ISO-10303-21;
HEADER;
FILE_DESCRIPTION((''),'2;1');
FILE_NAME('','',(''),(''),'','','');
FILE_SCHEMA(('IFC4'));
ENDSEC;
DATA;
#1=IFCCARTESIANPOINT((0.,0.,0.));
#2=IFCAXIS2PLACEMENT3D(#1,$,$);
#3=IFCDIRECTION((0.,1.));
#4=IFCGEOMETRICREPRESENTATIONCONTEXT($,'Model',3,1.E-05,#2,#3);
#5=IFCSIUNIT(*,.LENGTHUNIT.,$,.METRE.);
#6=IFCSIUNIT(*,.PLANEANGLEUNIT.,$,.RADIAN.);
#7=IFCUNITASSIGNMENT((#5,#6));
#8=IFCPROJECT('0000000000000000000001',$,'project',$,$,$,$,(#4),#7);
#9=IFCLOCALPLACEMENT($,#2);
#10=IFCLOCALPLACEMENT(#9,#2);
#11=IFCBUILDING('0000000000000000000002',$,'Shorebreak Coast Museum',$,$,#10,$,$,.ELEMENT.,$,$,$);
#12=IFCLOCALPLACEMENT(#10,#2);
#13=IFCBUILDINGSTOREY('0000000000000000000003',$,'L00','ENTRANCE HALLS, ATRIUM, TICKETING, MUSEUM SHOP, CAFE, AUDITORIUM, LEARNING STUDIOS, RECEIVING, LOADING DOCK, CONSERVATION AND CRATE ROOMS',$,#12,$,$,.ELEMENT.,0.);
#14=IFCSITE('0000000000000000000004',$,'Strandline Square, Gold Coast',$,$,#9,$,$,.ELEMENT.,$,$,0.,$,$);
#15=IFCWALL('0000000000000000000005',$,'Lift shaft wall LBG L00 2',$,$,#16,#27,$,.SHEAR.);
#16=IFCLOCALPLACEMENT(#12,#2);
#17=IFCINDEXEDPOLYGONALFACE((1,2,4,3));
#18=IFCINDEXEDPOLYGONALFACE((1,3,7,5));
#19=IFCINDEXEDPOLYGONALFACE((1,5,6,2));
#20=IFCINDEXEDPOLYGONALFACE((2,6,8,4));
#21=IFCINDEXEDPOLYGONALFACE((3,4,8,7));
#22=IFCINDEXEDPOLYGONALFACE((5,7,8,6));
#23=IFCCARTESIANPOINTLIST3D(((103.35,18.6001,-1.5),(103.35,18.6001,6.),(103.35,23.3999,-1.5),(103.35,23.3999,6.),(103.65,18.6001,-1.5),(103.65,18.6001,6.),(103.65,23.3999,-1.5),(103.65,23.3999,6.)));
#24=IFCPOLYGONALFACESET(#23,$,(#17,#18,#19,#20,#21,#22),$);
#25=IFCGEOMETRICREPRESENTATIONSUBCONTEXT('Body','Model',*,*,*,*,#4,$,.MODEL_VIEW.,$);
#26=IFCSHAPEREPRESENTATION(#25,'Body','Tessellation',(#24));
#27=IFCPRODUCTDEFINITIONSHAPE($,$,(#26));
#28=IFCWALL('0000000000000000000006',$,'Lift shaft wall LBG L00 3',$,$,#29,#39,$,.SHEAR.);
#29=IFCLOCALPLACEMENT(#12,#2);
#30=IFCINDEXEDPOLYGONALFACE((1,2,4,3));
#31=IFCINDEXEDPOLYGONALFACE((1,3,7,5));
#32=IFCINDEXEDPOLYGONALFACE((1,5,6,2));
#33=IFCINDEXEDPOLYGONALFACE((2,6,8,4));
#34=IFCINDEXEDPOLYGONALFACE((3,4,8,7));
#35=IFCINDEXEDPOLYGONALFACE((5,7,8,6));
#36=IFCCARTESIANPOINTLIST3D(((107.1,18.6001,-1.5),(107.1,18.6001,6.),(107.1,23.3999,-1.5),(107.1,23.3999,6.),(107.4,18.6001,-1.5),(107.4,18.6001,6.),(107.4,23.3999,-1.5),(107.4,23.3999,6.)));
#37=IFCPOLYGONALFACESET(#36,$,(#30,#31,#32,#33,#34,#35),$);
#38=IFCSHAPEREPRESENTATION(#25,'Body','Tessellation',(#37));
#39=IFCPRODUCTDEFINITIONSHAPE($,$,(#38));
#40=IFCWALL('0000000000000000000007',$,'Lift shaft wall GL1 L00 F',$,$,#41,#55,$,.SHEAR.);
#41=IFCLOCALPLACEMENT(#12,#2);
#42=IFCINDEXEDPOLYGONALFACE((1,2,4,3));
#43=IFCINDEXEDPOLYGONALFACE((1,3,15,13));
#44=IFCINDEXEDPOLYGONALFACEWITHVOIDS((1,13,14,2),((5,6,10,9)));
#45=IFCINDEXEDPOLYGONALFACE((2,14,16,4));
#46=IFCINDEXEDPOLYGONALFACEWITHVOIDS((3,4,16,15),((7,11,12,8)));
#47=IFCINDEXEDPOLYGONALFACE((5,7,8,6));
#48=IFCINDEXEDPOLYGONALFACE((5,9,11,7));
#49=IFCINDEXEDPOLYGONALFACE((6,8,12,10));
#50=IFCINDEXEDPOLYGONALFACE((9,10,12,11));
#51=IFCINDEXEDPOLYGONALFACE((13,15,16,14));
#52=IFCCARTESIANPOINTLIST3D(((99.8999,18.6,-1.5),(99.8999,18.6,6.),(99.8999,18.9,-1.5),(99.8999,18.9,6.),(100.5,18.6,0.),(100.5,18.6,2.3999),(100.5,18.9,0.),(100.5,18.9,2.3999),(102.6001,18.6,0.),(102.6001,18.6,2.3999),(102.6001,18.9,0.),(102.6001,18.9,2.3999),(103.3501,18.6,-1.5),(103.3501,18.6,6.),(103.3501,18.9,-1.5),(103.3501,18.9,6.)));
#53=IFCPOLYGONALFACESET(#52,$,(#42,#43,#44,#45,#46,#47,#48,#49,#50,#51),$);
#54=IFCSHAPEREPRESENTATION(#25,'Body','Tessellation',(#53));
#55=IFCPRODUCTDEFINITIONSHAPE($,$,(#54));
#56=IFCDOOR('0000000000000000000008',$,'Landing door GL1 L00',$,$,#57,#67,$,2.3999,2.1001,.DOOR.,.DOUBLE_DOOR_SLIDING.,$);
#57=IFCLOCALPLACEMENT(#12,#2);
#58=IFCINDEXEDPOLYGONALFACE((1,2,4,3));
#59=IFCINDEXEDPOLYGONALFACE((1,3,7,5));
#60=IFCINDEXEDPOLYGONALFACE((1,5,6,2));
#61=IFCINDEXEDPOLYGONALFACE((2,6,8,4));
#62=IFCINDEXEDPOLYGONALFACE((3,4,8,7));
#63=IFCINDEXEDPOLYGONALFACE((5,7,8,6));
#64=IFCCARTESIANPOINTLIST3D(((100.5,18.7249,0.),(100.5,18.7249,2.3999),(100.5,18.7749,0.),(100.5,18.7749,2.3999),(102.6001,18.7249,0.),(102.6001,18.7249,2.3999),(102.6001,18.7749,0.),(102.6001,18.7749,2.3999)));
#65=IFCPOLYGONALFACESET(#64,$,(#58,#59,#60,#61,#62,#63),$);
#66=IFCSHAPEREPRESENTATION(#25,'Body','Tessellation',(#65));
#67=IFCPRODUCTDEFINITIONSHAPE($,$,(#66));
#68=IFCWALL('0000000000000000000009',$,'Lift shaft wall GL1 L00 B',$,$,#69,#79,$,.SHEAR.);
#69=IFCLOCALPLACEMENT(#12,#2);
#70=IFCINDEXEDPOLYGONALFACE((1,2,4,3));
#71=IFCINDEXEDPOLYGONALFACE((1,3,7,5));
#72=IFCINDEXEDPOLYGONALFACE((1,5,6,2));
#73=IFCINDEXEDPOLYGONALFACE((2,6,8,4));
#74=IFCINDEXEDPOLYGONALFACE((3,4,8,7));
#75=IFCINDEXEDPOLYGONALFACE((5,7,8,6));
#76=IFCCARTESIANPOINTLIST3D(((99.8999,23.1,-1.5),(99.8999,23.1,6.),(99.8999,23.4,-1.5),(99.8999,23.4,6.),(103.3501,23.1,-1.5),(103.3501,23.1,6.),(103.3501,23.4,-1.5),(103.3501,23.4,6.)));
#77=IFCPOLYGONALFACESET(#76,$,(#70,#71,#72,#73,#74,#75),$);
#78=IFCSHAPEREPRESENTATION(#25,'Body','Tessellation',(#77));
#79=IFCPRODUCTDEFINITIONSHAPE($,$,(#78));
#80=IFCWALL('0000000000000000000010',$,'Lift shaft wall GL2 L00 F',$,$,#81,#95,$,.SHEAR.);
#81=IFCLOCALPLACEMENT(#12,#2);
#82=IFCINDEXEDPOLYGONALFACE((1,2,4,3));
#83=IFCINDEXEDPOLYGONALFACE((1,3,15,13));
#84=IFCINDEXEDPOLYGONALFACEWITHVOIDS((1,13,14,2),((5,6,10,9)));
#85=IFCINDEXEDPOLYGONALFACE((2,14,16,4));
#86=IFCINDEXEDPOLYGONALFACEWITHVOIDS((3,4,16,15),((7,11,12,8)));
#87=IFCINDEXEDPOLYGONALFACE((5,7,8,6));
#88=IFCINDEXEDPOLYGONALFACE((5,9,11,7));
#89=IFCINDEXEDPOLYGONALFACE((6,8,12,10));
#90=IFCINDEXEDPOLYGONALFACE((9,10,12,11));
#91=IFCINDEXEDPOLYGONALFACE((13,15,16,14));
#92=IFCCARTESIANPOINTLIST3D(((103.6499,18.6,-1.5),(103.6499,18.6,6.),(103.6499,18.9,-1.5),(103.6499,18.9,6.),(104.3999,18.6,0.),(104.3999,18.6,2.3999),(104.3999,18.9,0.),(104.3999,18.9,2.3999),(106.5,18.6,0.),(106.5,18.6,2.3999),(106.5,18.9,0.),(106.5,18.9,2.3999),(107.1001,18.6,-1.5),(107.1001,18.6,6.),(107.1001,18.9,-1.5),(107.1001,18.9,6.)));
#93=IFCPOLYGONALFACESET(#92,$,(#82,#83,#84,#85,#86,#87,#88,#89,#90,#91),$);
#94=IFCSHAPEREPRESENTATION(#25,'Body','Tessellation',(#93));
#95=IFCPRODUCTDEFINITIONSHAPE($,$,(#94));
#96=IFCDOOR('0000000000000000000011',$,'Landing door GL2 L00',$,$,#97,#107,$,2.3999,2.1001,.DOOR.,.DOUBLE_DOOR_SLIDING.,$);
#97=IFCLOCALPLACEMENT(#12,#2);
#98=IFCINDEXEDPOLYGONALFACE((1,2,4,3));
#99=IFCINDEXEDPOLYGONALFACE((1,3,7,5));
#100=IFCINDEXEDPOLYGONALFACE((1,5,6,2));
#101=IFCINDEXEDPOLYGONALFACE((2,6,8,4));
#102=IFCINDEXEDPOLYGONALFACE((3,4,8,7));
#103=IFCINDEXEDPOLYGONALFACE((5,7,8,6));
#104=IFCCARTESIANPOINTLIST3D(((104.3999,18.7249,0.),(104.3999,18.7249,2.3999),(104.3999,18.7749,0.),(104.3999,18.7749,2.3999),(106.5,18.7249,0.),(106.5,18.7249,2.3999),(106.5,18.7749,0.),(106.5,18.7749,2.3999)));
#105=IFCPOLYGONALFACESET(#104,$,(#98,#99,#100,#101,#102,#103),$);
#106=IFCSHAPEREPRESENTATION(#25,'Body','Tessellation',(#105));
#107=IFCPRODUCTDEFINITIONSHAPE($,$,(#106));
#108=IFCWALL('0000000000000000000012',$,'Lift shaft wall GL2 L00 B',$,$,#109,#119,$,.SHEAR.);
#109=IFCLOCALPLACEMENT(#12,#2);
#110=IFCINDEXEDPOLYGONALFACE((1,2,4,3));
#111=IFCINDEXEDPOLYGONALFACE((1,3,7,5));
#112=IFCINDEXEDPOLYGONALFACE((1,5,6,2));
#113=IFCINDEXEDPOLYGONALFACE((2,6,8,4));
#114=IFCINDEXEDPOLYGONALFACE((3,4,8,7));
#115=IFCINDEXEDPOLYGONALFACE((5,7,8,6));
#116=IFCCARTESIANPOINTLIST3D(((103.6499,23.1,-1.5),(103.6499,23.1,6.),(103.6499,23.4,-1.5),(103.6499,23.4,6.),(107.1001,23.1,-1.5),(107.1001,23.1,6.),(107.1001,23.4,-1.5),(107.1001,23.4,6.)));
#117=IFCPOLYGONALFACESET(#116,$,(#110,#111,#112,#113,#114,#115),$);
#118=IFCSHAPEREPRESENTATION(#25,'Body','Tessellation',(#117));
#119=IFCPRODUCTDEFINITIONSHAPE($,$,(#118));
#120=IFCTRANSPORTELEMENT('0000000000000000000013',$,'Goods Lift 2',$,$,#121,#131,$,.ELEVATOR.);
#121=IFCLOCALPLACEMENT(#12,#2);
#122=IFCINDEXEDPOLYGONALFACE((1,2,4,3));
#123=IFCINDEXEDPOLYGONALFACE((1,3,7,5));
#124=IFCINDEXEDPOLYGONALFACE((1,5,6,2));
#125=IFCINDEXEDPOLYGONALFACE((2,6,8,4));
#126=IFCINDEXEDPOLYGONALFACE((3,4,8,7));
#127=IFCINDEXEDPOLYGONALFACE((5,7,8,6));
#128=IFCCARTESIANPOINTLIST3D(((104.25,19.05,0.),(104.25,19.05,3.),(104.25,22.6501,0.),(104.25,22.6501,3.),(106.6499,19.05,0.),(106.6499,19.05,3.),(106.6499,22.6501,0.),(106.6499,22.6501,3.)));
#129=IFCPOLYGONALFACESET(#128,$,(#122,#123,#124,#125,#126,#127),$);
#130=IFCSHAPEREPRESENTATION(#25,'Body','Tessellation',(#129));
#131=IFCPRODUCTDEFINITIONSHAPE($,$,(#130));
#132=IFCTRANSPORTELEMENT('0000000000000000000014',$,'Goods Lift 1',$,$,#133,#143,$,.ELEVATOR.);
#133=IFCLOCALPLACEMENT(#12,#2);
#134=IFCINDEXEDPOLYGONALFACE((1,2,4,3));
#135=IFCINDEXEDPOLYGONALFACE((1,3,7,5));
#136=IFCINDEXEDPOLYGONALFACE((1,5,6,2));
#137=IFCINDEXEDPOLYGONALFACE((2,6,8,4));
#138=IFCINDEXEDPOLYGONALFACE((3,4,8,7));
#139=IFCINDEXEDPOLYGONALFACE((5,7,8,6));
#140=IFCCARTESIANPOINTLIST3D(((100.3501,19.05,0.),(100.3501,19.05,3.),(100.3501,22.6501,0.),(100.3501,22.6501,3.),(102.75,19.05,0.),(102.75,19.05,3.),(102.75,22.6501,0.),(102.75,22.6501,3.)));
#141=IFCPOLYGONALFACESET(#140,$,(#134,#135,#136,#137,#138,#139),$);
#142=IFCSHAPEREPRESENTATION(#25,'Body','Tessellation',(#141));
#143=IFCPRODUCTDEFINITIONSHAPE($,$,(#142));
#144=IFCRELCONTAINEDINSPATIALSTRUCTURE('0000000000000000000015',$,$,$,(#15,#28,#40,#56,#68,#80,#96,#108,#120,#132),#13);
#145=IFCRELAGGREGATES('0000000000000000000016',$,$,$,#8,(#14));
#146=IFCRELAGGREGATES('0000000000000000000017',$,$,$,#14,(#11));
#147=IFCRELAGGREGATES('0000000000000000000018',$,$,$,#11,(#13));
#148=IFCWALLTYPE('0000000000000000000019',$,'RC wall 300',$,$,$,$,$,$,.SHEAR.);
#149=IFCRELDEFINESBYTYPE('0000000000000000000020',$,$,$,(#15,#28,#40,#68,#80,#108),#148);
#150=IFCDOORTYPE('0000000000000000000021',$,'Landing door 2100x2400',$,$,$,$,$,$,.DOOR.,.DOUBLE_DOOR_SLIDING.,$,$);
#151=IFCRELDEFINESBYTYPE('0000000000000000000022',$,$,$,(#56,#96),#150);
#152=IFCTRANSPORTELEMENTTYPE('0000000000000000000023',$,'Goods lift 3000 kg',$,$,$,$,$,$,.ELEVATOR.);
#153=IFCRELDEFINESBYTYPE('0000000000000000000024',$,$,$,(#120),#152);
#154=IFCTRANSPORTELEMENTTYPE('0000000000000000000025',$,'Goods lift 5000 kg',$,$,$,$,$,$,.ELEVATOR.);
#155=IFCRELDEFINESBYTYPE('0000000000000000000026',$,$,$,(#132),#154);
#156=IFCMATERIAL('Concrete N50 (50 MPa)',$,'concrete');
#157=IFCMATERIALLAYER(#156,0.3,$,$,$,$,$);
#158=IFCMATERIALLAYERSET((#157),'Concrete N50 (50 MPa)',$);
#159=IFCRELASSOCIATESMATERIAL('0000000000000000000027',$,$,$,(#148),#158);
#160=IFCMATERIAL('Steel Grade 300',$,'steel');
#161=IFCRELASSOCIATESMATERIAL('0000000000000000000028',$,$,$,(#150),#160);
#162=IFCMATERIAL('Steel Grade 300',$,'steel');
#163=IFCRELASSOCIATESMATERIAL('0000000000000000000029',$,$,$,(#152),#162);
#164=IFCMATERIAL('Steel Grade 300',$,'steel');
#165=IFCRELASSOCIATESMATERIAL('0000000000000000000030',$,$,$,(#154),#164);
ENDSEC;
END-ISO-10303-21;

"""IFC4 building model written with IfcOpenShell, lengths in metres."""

from ifc_helpers import new_model, si_unit, direction, frame, frame_2d, origin, origin_2d, place, context, subcontext, project, spatial, rectangle, extrude, material, layer, layer_set, type_object, element, fill, save


model = new_model("IFC4")

# Units and contexts
model_context = context("Model", 3, precision=1e-05, world=origin(), true_north=direction((0.0, 1.0)))
body_context = subcontext(model_context, "Body", "Model", "MODEL_VIEW")
ifc_project = project(units=[si_unit("LENGTHUNIT", "METRE"), si_unit("PLANEANGLEUNIT", "RADIAN")], contexts=[model_context])

# Site, building, storey
site_placement = place(None, origin())
site = spatial("IfcSite", under=ifc_project, at=site_placement, Name="Strandline Square, Gold Coast", CompositionType="ELEMENT", RefElevation=0.0)
building_placement = place(site_placement, origin())
building = spatial("IfcBuilding", under=site, at=building_placement, Name="Shorebreak Coast Museum", CompositionType="ELEMENT")
storey_placement = place(building_placement, origin())
storey = spatial("IfcBuildingStorey", under=building, at=storey_placement, Name="L00", Description="ENTRANCE HALLS, ATRIUM, TICKETING, MUSEUM SHOP, CAFE, AUDITORIUM, LEARNING STUDIOS, RECEIVING, LOADING DOCK, CONSERVATION AND CRATE ROOMS", CompositionType="ELEMENT", Elevation=0.0)

# Walls
ifc_material_1 = material(Name="Concrete N50 (50 MPa)", Category="concrete")
ifc_layer_1 = layer(ifc_material_1, 0.3)
ifc_layer_set_1 = layer_set([ifc_layer_1], Name="Concrete N50 (50 MPa)")
wall_type_1 = type_object("IfcWallType", Name="RC wall 300", PredefinedType="SHEAR", material=ifc_layer_set_1)
for number, where, z_axis, x_axis, name in (
    (1, (103.5, 18.6001, -1.5), (0.0, 0.0, 1.0), (0.0, 1.0, 0.0), "Lift shaft wall LBG L00 2"),
    (2, (107.25, 18.6001, -1.5), (0.0, 0.0, 1.0), (0.0, 1.0, 0.0), "Lift shaft wall LBG L00 3"),
):
    element("IfcWall", number, at=place(storey_placement, frame(where, z_axis=z_axis, x_axis=x_axis)), inside=storey, type_object=wall_type_1, Name=name, PredefinedType="SHEAR", context=body_context, shape_type="SweptSolid", body=[
        extrude(rectangle(XDim=4.7998, YDim=0.3, at=frame_2d((2.3999, 0.0))), origin(), (0.0, 0.0, 1.0), 7.5),
    ])

# Wall, opening, door
wall_1_placement = place(storey_placement, frame((99.8999, 18.75, -1.5), z_axis=(0.0, 0.0, 1.0), x_axis=(1.0, 0.0, 0.0)))
wall_1 = element("IfcWall", 3, at=wall_1_placement, inside=storey, type_object=wall_type_1, Name="Lift shaft wall GL1 L00 F", PredefinedType="SHEAR", context=body_context, shape_type="SweptSolid", body=[
    extrude(rectangle(XDim=3.4502, YDim=0.3, at=frame_2d((1.7251, 0.0))), origin(), (0.0, 0.0, 1.0), 7.5),
])
opening_1_placement = place(wall_1_placement, frame((0.6001, 0.0, 1.5)))
opening_1 = element("IfcOpeningElement", 4, at=opening_1_placement, cuts=wall_1, PredefinedType="OPENING", context=body_context, shape_type="SweptSolid", body=[
    extrude(rectangle(XDim=2.1001, YDim=2.3999, at=frame_2d((1.05, 1.2))), frame((0.0, 0.1599, 0.0), z_axis=(0.0, -1.0, 0.0), x_axis=(1.0, 0.0, 0.0)), (0.0, 0.0, 1.0), 0.3201),
])
ifc_material_2 = material(Name="Steel Grade 300", Category="steel")
door_type_1 = type_object("IfcDoorType", Name="Landing door 2100x2400", OperationType="DOUBLE_DOOR_SLIDING", PredefinedType="DOOR", material=ifc_material_2)
door_1_placement = place(opening_1_placement, origin())
door_1 = element("IfcDoor", 5, at=door_1_placement, inside=storey, type_object=door_type_1, Name="Landing door GL1 L00", OperationType="DOUBLE_DOOR_SLIDING", OverallHeight=2.3999, OverallWidth=2.1001, PredefinedType="DOOR", context=body_context, shape_type="SweptSolid", body=[
    extrude(rectangle(XDim=2.1001, YDim=2.3999, at=frame_2d((1.05, 1.2))), frame((0.0, 0.0249, 0.0), z_axis=(0.0, -1.0, 0.0), x_axis=(1.0, 0.0, 0.0)), (0.0, 0.0, 1.0), 0.05),
])
fill(opening_1, door_1)

# Wall
wall_2_placement = place(storey_placement, frame((99.8999, 23.25, -1.5), z_axis=(0.0, 0.0, 1.0), x_axis=(1.0, 0.0, 0.0)))
element("IfcWall", 6, at=wall_2_placement, inside=storey, type_object=wall_type_1, Name="Lift shaft wall GL1 L00 B", PredefinedType="SHEAR", context=body_context, shape_type="SweptSolid", body=[
    extrude(rectangle(XDim=3.4502, YDim=0.3, at=frame_2d((1.7251, 0.0))), origin(), (0.0, 0.0, 1.0), 7.5),
])

# Wall, opening, door
wall_3_placement = place(storey_placement, frame((103.6499, 18.75, -1.5), z_axis=(0.0, 0.0, 1.0), x_axis=(1.0, 0.0, 0.0)))
wall_3 = element("IfcWall", 7, at=wall_3_placement, inside=storey, type_object=wall_type_1, Name="Lift shaft wall GL2 L00 F", PredefinedType="SHEAR", context=body_context, shape_type="SweptSolid", body=[
    extrude(rectangle(XDim=3.4502, YDim=0.3, at=frame_2d((1.7251, 0.0))), origin(), (0.0, 0.0, 1.0), 7.5),
])
opening_2_placement = place(wall_3_placement, frame((0.75, 0.0, 1.5)))
opening_2 = element("IfcOpeningElement", 8, at=opening_2_placement, cuts=wall_3, PredefinedType="OPENING", context=body_context, shape_type="SweptSolid", body=[
    extrude(rectangle(XDim=2.1001, YDim=2.3999, at=frame_2d((1.05, 1.2))), frame((0.0, 0.1599, 0.0), z_axis=(0.0, -1.0, 0.0), x_axis=(1.0, 0.0, 0.0)), (0.0, 0.0, 1.0), 0.3201),
])
door_2_placement = place(opening_2_placement, origin())
door_2 = element("IfcDoor", 9, at=door_2_placement, inside=storey, type_object=door_type_1, Name="Landing door GL2 L00", OperationType="DOUBLE_DOOR_SLIDING", OverallHeight=2.3999, OverallWidth=2.1001, PredefinedType="DOOR", context=body_context, shape_type="SweptSolid", body=[
    extrude(rectangle(XDim=2.1001, YDim=2.3999, at=frame_2d((1.05, 1.2))), frame((0.0, 0.0249, 0.0), z_axis=(0.0, -1.0, 0.0), x_axis=(1.0, 0.0, 0.0)), (0.0, 0.0, 1.0), 0.05),
])
fill(opening_2, door_2)

# Wall
wall_4_placement = place(storey_placement, frame((103.6499, 23.25, -1.5), z_axis=(0.0, 0.0, 1.0), x_axis=(1.0, 0.0, 0.0)))
element("IfcWall", 10, at=wall_4_placement, inside=storey, type_object=wall_type_1, Name="Lift shaft wall GL2 L00 B", PredefinedType="SHEAR", context=body_context, shape_type="SweptSolid", body=[
    extrude(rectangle(XDim=3.4502, YDim=0.3, at=frame_2d((1.7251, 0.0))), origin(), (0.0, 0.0, 1.0), 7.5),
])

# Transport elements
ifc_material_3 = material(Name="Steel Grade 300", Category="steel")
transport_element_type_1 = type_object("IfcTransportElementType", Name="Goods lift 3000 kg", PredefinedType="ELEVATOR", material=ifc_material_3)
transport_element_1_placement = place(storey_placement, frame((105.45, 20.8501, 0.0), z_axis=(0.0, 0.0, 1.0), x_axis=(1.0, 0.0, 0.0)))
element("IfcTransportElement", 11, at=transport_element_1_placement, inside=storey, type_object=transport_element_type_1, Name="Goods Lift 2", PredefinedType="ELEVATOR", context=body_context, shape_type="SweptSolid", body=[
    extrude(rectangle(XDim=2.3999, YDim=3.6001, at=origin_2d()), origin(), (0.0, 0.0, 1.0), 3.0),
])
ifc_material_4 = material(Name="Steel Grade 300", Category="steel")
transport_element_type_2 = type_object("IfcTransportElementType", Name="Goods lift 5000 kg", PredefinedType="ELEVATOR", material=ifc_material_4)
transport_element_2_placement = place(storey_placement, frame((101.55, 20.8501, 0.0), z_axis=(0.0, 0.0, 1.0), x_axis=(1.0, 0.0, 0.0)))
element("IfcTransportElement", 12, at=transport_element_2_placement, inside=storey, type_object=transport_element_type_2, Name="Goods Lift 1", PredefinedType="ELEVATOR", context=body_context, shape_type="SweptSolid", body=[
    extrude(rectangle(XDim=2.3999, YDim=3.6001, at=origin_2d()), origin(), (0.0, 0.0, 1.0), 3.0),
])

save(model, "model.ifc")
